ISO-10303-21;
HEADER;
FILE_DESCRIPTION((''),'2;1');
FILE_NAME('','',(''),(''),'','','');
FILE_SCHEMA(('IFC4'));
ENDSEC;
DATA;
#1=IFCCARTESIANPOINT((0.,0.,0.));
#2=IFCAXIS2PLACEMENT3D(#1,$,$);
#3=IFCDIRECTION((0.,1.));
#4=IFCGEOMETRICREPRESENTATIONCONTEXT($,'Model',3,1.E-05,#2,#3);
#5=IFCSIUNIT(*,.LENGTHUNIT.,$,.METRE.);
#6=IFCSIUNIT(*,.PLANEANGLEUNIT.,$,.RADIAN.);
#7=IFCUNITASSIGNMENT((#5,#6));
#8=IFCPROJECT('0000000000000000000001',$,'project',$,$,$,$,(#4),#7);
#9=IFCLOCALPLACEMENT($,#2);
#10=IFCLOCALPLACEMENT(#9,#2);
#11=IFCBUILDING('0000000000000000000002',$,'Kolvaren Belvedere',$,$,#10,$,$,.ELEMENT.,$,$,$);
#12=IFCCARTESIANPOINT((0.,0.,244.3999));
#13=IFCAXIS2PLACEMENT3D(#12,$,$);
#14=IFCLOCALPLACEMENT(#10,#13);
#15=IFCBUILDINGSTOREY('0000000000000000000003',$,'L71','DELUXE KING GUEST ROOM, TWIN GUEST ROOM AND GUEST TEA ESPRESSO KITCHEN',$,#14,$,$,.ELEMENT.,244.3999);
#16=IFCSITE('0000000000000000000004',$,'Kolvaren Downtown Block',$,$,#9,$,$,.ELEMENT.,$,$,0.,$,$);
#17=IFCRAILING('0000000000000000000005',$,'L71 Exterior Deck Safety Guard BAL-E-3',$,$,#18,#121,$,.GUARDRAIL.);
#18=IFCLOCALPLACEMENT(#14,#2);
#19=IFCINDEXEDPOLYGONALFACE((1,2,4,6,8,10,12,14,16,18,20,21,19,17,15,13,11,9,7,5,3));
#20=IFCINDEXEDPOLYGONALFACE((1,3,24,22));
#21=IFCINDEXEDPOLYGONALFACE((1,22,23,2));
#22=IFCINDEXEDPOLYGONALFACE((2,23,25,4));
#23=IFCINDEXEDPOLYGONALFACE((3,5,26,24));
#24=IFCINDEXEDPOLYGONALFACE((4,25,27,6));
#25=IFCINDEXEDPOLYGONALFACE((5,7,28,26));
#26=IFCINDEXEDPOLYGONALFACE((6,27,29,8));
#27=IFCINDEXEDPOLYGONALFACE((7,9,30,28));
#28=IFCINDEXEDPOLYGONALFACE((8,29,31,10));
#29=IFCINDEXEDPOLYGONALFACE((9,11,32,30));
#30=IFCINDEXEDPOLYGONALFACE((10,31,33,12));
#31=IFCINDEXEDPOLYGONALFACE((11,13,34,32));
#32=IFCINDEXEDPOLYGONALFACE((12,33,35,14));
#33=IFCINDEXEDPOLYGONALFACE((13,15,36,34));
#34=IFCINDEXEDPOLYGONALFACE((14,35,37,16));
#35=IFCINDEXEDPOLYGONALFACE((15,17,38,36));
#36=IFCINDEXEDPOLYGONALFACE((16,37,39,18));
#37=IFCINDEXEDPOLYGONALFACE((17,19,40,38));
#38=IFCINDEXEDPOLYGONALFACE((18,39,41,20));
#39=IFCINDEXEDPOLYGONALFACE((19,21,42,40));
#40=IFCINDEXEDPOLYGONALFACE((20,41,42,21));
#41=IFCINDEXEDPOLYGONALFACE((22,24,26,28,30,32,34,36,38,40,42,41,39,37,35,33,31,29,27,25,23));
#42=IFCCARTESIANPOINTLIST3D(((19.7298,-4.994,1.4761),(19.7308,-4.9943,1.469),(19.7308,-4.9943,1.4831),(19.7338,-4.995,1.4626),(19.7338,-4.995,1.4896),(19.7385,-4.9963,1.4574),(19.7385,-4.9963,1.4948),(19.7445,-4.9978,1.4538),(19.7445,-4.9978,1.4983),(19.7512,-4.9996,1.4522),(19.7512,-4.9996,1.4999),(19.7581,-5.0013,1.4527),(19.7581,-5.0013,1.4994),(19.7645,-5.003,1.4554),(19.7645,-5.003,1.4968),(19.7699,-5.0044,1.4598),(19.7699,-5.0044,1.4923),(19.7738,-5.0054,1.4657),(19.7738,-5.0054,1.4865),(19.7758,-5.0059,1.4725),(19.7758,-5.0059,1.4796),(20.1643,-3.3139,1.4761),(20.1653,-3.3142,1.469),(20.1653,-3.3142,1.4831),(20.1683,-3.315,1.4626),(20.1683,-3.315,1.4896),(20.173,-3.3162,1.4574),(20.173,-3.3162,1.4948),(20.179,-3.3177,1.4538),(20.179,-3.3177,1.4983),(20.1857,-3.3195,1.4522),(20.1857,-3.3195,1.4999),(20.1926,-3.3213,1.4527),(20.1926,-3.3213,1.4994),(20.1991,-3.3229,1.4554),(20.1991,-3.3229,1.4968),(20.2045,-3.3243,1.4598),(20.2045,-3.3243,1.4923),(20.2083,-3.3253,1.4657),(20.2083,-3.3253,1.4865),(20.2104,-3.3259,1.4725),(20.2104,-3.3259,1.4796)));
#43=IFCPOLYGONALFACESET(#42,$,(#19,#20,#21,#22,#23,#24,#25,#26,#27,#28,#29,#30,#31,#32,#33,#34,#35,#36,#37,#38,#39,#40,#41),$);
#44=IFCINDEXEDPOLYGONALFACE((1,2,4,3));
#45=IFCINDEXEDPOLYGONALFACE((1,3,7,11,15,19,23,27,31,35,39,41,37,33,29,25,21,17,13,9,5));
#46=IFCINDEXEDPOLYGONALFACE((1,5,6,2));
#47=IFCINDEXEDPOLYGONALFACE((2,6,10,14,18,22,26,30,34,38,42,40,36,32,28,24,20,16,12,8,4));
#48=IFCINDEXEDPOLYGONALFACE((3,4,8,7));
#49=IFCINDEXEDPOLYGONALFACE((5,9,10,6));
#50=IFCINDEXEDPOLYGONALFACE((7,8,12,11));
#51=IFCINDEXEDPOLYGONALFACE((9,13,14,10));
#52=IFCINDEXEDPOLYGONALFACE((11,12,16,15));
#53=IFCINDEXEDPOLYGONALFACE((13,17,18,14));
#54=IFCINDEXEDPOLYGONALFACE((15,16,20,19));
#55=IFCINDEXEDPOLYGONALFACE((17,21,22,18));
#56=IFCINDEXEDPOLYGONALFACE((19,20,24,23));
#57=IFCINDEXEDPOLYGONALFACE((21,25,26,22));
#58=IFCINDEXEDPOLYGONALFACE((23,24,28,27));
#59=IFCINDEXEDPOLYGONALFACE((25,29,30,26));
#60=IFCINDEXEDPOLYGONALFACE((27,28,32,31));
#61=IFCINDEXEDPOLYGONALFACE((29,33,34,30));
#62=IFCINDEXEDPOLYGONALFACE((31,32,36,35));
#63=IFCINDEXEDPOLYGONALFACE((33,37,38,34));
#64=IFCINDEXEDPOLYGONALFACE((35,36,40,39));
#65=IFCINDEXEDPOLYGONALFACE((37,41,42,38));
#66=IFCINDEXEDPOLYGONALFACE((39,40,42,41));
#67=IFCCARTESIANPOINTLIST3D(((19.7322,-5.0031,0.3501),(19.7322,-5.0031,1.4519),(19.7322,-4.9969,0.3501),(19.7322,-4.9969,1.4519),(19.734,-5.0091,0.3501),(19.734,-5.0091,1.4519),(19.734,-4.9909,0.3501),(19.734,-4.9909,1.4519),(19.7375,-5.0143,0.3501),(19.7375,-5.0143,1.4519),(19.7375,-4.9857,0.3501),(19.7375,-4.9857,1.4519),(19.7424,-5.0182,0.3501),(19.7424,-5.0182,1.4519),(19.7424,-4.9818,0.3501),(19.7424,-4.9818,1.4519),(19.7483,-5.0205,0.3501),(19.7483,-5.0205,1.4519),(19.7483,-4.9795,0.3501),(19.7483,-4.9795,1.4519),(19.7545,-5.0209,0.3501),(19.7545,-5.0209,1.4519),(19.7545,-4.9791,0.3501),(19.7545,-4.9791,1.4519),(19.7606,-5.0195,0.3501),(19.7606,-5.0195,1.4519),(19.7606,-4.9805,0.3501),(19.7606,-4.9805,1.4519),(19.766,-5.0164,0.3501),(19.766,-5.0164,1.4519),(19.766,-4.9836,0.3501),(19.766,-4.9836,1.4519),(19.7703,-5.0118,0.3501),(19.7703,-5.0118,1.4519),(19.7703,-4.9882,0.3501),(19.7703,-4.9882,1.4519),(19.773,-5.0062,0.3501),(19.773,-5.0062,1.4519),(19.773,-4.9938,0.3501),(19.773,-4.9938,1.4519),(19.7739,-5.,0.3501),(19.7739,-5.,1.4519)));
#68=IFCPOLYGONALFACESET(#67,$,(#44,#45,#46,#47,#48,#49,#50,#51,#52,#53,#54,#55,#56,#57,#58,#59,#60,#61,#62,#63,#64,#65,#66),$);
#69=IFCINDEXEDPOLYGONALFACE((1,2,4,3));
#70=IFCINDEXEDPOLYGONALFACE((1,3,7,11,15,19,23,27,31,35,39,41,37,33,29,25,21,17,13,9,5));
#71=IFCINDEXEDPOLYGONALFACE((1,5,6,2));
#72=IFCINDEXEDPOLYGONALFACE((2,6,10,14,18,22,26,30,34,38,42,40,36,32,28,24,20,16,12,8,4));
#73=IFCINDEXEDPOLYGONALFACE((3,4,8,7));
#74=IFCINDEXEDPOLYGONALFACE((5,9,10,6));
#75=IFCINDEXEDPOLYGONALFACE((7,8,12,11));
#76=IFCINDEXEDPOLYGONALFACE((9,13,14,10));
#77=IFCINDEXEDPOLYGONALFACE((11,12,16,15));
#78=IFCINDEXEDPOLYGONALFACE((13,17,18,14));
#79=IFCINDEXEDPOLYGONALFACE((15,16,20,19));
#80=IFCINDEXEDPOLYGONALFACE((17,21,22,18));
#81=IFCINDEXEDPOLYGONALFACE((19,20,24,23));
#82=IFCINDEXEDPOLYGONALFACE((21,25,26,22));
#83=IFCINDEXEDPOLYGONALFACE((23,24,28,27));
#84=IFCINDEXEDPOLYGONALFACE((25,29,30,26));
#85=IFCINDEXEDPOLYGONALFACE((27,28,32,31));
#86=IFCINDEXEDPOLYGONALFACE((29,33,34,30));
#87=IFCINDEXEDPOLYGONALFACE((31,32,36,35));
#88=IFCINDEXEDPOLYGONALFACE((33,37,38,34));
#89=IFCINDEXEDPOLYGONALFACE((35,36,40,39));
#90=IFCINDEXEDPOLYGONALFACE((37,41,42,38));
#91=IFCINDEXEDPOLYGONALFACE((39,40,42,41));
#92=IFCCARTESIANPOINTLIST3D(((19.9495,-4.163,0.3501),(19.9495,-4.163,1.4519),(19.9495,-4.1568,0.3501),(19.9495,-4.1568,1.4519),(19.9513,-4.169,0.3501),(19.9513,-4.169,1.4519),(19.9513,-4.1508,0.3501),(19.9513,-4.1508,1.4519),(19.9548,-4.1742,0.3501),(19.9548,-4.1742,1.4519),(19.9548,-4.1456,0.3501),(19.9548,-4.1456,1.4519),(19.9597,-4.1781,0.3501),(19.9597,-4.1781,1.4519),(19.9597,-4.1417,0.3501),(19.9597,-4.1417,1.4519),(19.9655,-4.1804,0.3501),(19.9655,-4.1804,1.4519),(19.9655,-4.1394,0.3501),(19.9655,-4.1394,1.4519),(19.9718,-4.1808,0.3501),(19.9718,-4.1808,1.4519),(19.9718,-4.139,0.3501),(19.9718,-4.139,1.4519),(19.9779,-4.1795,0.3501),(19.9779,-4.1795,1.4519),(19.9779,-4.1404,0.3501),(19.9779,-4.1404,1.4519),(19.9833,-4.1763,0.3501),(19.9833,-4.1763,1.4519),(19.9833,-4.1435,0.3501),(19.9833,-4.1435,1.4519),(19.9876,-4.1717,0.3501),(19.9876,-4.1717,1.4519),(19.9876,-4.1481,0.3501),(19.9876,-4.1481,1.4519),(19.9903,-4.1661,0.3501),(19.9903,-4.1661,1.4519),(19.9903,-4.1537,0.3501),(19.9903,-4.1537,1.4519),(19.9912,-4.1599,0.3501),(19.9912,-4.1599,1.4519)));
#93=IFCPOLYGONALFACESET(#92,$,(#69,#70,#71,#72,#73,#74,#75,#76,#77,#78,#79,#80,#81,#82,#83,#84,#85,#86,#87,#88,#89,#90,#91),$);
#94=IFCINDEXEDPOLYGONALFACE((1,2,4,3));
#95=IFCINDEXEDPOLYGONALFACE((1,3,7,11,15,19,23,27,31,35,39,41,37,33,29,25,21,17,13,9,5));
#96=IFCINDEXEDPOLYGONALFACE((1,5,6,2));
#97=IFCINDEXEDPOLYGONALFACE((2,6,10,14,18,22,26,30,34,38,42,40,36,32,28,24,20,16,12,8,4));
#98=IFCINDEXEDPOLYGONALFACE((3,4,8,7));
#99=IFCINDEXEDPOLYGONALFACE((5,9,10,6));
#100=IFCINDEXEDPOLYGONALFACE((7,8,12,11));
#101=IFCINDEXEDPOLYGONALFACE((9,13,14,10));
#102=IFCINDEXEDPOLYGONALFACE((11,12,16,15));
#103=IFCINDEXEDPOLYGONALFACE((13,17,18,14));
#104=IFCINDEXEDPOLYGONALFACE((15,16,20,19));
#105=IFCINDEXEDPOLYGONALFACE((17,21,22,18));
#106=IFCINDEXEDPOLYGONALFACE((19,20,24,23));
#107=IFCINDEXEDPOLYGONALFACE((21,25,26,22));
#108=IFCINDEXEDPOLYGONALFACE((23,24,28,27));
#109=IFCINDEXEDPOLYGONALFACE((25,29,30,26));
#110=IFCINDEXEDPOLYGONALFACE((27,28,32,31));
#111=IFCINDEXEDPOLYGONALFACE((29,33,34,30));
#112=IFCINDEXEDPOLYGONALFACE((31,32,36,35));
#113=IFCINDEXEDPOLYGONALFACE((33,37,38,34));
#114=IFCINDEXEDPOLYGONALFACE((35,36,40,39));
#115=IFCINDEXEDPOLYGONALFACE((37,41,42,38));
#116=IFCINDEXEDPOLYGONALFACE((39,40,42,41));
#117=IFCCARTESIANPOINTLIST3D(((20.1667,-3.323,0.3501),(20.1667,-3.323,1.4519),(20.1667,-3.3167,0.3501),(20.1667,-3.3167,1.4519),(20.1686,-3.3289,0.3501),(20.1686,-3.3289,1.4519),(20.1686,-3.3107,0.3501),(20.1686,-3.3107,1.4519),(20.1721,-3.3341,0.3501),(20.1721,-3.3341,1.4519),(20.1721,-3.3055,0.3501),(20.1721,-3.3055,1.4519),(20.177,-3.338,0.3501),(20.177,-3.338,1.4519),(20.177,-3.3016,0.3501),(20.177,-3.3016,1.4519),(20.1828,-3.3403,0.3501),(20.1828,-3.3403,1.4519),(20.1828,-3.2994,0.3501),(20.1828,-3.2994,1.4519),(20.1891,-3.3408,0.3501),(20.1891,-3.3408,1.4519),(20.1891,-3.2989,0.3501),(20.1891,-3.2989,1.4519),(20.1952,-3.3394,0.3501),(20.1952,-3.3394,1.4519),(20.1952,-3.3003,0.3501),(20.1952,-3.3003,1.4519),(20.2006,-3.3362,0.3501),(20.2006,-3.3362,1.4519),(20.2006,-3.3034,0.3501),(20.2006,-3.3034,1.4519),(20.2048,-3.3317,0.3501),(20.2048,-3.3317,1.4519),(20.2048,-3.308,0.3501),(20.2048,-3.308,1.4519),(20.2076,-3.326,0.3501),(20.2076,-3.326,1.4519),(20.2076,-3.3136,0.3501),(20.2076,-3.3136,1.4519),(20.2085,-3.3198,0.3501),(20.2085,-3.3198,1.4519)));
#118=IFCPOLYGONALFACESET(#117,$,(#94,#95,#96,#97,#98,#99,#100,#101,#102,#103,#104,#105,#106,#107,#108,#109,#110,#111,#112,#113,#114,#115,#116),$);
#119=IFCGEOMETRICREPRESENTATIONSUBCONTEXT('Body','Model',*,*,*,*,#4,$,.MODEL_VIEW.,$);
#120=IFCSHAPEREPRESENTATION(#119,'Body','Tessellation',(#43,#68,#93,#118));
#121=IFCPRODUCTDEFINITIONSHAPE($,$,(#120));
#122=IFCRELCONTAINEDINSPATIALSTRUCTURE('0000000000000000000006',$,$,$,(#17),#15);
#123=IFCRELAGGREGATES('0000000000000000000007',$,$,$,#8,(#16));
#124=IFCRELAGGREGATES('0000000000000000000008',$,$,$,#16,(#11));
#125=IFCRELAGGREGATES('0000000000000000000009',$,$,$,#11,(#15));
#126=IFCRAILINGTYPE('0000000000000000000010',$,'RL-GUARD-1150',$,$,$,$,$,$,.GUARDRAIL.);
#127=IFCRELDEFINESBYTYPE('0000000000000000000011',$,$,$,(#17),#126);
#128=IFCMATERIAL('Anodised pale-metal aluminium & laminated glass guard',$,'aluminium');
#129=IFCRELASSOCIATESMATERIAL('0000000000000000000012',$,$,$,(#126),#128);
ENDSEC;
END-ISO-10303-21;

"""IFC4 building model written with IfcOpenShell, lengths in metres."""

from ifc_helpers import new_model, si_unit, direction, frame, origin, origin_2d, place, context, subcontext, project, spatial, circle, extrude, material, type_object, element, save


model = new_model("IFC4")

# Units and contexts
model_context = context("Model", 3, precision=1e-05, world=origin(), true_north=direction((0.0, 1.0)))
body_context = subcontext(model_context, "Body", "Model", "MODEL_VIEW")
ifc_project = project(units=[si_unit("LENGTHUNIT", "METRE"), si_unit("PLANEANGLEUNIT", "RADIAN")], contexts=[model_context])

# Site, building, storey
site_placement = place(None, origin())
site = spatial("IfcSite", under=ifc_project, at=site_placement, Name="Kolvaren Downtown Block", CompositionType="ELEMENT", RefElevation=0.0)
building_placement = place(site_placement, origin())
building = spatial("IfcBuilding", under=site, at=building_placement, Name="Kolvaren Belvedere", CompositionType="ELEMENT")
storey_placement = place(building_placement, frame((0.0, 0.0, 244.3999)))
storey = spatial("IfcBuildingStorey", under=building, at=storey_placement, Name="L71", Description="DELUXE KING GUEST ROOM, TWIN GUEST ROOM AND GUEST TEA ESPRESSO KITCHEN", CompositionType="ELEMENT", Elevation=244.3999)

# Railing
ifc_material_1 = material(Name="Anodised pale-metal aluminium & laminated glass guard", Category="aluminium")
railing_type = type_object("IfcRailingType", Name="RL-GUARD-1150", PredefinedType="GUARDRAIL", material=ifc_material_1)
railing_1_placement = place(storey_placement, frame((19.7529, -5.0, 0.3501)))
element("IfcRailing", 1, at=railing_1_placement, inside=storey, type_object=railing_type, Name="L71 Exterior Deck Safety Guard BAL-E-3", PredefinedType="GUARDRAIL", context=body_context, shape_type="SweptSolid", body=[
    extrude(circle(Radius=0.0239, at=origin_2d()), frame((0.0, 0.0, 1.126), z_axis=(0.250406, 0.968141, 0.0), x_axis=(-0.968141, 0.250406, 0.0)), (0.0, 0.0, 1.0), 1.7354),
    extrude(circle(Radius=0.021, at=origin_2d()), origin(), (0.0, 0.0, 1.0), 1.1018),
    extrude(circle(Radius=0.021, at=origin_2d()), frame((0.2173, 0.8401, 0.0)), (0.0, 0.0, 1.0), 1.1018),
    extrude(circle(Radius=0.021, at=origin_2d()), frame((0.4346, 1.6802, 0.0)), (0.0, 0.0, 1.0), 1.1018),
])

save(model, "model.ifc")
